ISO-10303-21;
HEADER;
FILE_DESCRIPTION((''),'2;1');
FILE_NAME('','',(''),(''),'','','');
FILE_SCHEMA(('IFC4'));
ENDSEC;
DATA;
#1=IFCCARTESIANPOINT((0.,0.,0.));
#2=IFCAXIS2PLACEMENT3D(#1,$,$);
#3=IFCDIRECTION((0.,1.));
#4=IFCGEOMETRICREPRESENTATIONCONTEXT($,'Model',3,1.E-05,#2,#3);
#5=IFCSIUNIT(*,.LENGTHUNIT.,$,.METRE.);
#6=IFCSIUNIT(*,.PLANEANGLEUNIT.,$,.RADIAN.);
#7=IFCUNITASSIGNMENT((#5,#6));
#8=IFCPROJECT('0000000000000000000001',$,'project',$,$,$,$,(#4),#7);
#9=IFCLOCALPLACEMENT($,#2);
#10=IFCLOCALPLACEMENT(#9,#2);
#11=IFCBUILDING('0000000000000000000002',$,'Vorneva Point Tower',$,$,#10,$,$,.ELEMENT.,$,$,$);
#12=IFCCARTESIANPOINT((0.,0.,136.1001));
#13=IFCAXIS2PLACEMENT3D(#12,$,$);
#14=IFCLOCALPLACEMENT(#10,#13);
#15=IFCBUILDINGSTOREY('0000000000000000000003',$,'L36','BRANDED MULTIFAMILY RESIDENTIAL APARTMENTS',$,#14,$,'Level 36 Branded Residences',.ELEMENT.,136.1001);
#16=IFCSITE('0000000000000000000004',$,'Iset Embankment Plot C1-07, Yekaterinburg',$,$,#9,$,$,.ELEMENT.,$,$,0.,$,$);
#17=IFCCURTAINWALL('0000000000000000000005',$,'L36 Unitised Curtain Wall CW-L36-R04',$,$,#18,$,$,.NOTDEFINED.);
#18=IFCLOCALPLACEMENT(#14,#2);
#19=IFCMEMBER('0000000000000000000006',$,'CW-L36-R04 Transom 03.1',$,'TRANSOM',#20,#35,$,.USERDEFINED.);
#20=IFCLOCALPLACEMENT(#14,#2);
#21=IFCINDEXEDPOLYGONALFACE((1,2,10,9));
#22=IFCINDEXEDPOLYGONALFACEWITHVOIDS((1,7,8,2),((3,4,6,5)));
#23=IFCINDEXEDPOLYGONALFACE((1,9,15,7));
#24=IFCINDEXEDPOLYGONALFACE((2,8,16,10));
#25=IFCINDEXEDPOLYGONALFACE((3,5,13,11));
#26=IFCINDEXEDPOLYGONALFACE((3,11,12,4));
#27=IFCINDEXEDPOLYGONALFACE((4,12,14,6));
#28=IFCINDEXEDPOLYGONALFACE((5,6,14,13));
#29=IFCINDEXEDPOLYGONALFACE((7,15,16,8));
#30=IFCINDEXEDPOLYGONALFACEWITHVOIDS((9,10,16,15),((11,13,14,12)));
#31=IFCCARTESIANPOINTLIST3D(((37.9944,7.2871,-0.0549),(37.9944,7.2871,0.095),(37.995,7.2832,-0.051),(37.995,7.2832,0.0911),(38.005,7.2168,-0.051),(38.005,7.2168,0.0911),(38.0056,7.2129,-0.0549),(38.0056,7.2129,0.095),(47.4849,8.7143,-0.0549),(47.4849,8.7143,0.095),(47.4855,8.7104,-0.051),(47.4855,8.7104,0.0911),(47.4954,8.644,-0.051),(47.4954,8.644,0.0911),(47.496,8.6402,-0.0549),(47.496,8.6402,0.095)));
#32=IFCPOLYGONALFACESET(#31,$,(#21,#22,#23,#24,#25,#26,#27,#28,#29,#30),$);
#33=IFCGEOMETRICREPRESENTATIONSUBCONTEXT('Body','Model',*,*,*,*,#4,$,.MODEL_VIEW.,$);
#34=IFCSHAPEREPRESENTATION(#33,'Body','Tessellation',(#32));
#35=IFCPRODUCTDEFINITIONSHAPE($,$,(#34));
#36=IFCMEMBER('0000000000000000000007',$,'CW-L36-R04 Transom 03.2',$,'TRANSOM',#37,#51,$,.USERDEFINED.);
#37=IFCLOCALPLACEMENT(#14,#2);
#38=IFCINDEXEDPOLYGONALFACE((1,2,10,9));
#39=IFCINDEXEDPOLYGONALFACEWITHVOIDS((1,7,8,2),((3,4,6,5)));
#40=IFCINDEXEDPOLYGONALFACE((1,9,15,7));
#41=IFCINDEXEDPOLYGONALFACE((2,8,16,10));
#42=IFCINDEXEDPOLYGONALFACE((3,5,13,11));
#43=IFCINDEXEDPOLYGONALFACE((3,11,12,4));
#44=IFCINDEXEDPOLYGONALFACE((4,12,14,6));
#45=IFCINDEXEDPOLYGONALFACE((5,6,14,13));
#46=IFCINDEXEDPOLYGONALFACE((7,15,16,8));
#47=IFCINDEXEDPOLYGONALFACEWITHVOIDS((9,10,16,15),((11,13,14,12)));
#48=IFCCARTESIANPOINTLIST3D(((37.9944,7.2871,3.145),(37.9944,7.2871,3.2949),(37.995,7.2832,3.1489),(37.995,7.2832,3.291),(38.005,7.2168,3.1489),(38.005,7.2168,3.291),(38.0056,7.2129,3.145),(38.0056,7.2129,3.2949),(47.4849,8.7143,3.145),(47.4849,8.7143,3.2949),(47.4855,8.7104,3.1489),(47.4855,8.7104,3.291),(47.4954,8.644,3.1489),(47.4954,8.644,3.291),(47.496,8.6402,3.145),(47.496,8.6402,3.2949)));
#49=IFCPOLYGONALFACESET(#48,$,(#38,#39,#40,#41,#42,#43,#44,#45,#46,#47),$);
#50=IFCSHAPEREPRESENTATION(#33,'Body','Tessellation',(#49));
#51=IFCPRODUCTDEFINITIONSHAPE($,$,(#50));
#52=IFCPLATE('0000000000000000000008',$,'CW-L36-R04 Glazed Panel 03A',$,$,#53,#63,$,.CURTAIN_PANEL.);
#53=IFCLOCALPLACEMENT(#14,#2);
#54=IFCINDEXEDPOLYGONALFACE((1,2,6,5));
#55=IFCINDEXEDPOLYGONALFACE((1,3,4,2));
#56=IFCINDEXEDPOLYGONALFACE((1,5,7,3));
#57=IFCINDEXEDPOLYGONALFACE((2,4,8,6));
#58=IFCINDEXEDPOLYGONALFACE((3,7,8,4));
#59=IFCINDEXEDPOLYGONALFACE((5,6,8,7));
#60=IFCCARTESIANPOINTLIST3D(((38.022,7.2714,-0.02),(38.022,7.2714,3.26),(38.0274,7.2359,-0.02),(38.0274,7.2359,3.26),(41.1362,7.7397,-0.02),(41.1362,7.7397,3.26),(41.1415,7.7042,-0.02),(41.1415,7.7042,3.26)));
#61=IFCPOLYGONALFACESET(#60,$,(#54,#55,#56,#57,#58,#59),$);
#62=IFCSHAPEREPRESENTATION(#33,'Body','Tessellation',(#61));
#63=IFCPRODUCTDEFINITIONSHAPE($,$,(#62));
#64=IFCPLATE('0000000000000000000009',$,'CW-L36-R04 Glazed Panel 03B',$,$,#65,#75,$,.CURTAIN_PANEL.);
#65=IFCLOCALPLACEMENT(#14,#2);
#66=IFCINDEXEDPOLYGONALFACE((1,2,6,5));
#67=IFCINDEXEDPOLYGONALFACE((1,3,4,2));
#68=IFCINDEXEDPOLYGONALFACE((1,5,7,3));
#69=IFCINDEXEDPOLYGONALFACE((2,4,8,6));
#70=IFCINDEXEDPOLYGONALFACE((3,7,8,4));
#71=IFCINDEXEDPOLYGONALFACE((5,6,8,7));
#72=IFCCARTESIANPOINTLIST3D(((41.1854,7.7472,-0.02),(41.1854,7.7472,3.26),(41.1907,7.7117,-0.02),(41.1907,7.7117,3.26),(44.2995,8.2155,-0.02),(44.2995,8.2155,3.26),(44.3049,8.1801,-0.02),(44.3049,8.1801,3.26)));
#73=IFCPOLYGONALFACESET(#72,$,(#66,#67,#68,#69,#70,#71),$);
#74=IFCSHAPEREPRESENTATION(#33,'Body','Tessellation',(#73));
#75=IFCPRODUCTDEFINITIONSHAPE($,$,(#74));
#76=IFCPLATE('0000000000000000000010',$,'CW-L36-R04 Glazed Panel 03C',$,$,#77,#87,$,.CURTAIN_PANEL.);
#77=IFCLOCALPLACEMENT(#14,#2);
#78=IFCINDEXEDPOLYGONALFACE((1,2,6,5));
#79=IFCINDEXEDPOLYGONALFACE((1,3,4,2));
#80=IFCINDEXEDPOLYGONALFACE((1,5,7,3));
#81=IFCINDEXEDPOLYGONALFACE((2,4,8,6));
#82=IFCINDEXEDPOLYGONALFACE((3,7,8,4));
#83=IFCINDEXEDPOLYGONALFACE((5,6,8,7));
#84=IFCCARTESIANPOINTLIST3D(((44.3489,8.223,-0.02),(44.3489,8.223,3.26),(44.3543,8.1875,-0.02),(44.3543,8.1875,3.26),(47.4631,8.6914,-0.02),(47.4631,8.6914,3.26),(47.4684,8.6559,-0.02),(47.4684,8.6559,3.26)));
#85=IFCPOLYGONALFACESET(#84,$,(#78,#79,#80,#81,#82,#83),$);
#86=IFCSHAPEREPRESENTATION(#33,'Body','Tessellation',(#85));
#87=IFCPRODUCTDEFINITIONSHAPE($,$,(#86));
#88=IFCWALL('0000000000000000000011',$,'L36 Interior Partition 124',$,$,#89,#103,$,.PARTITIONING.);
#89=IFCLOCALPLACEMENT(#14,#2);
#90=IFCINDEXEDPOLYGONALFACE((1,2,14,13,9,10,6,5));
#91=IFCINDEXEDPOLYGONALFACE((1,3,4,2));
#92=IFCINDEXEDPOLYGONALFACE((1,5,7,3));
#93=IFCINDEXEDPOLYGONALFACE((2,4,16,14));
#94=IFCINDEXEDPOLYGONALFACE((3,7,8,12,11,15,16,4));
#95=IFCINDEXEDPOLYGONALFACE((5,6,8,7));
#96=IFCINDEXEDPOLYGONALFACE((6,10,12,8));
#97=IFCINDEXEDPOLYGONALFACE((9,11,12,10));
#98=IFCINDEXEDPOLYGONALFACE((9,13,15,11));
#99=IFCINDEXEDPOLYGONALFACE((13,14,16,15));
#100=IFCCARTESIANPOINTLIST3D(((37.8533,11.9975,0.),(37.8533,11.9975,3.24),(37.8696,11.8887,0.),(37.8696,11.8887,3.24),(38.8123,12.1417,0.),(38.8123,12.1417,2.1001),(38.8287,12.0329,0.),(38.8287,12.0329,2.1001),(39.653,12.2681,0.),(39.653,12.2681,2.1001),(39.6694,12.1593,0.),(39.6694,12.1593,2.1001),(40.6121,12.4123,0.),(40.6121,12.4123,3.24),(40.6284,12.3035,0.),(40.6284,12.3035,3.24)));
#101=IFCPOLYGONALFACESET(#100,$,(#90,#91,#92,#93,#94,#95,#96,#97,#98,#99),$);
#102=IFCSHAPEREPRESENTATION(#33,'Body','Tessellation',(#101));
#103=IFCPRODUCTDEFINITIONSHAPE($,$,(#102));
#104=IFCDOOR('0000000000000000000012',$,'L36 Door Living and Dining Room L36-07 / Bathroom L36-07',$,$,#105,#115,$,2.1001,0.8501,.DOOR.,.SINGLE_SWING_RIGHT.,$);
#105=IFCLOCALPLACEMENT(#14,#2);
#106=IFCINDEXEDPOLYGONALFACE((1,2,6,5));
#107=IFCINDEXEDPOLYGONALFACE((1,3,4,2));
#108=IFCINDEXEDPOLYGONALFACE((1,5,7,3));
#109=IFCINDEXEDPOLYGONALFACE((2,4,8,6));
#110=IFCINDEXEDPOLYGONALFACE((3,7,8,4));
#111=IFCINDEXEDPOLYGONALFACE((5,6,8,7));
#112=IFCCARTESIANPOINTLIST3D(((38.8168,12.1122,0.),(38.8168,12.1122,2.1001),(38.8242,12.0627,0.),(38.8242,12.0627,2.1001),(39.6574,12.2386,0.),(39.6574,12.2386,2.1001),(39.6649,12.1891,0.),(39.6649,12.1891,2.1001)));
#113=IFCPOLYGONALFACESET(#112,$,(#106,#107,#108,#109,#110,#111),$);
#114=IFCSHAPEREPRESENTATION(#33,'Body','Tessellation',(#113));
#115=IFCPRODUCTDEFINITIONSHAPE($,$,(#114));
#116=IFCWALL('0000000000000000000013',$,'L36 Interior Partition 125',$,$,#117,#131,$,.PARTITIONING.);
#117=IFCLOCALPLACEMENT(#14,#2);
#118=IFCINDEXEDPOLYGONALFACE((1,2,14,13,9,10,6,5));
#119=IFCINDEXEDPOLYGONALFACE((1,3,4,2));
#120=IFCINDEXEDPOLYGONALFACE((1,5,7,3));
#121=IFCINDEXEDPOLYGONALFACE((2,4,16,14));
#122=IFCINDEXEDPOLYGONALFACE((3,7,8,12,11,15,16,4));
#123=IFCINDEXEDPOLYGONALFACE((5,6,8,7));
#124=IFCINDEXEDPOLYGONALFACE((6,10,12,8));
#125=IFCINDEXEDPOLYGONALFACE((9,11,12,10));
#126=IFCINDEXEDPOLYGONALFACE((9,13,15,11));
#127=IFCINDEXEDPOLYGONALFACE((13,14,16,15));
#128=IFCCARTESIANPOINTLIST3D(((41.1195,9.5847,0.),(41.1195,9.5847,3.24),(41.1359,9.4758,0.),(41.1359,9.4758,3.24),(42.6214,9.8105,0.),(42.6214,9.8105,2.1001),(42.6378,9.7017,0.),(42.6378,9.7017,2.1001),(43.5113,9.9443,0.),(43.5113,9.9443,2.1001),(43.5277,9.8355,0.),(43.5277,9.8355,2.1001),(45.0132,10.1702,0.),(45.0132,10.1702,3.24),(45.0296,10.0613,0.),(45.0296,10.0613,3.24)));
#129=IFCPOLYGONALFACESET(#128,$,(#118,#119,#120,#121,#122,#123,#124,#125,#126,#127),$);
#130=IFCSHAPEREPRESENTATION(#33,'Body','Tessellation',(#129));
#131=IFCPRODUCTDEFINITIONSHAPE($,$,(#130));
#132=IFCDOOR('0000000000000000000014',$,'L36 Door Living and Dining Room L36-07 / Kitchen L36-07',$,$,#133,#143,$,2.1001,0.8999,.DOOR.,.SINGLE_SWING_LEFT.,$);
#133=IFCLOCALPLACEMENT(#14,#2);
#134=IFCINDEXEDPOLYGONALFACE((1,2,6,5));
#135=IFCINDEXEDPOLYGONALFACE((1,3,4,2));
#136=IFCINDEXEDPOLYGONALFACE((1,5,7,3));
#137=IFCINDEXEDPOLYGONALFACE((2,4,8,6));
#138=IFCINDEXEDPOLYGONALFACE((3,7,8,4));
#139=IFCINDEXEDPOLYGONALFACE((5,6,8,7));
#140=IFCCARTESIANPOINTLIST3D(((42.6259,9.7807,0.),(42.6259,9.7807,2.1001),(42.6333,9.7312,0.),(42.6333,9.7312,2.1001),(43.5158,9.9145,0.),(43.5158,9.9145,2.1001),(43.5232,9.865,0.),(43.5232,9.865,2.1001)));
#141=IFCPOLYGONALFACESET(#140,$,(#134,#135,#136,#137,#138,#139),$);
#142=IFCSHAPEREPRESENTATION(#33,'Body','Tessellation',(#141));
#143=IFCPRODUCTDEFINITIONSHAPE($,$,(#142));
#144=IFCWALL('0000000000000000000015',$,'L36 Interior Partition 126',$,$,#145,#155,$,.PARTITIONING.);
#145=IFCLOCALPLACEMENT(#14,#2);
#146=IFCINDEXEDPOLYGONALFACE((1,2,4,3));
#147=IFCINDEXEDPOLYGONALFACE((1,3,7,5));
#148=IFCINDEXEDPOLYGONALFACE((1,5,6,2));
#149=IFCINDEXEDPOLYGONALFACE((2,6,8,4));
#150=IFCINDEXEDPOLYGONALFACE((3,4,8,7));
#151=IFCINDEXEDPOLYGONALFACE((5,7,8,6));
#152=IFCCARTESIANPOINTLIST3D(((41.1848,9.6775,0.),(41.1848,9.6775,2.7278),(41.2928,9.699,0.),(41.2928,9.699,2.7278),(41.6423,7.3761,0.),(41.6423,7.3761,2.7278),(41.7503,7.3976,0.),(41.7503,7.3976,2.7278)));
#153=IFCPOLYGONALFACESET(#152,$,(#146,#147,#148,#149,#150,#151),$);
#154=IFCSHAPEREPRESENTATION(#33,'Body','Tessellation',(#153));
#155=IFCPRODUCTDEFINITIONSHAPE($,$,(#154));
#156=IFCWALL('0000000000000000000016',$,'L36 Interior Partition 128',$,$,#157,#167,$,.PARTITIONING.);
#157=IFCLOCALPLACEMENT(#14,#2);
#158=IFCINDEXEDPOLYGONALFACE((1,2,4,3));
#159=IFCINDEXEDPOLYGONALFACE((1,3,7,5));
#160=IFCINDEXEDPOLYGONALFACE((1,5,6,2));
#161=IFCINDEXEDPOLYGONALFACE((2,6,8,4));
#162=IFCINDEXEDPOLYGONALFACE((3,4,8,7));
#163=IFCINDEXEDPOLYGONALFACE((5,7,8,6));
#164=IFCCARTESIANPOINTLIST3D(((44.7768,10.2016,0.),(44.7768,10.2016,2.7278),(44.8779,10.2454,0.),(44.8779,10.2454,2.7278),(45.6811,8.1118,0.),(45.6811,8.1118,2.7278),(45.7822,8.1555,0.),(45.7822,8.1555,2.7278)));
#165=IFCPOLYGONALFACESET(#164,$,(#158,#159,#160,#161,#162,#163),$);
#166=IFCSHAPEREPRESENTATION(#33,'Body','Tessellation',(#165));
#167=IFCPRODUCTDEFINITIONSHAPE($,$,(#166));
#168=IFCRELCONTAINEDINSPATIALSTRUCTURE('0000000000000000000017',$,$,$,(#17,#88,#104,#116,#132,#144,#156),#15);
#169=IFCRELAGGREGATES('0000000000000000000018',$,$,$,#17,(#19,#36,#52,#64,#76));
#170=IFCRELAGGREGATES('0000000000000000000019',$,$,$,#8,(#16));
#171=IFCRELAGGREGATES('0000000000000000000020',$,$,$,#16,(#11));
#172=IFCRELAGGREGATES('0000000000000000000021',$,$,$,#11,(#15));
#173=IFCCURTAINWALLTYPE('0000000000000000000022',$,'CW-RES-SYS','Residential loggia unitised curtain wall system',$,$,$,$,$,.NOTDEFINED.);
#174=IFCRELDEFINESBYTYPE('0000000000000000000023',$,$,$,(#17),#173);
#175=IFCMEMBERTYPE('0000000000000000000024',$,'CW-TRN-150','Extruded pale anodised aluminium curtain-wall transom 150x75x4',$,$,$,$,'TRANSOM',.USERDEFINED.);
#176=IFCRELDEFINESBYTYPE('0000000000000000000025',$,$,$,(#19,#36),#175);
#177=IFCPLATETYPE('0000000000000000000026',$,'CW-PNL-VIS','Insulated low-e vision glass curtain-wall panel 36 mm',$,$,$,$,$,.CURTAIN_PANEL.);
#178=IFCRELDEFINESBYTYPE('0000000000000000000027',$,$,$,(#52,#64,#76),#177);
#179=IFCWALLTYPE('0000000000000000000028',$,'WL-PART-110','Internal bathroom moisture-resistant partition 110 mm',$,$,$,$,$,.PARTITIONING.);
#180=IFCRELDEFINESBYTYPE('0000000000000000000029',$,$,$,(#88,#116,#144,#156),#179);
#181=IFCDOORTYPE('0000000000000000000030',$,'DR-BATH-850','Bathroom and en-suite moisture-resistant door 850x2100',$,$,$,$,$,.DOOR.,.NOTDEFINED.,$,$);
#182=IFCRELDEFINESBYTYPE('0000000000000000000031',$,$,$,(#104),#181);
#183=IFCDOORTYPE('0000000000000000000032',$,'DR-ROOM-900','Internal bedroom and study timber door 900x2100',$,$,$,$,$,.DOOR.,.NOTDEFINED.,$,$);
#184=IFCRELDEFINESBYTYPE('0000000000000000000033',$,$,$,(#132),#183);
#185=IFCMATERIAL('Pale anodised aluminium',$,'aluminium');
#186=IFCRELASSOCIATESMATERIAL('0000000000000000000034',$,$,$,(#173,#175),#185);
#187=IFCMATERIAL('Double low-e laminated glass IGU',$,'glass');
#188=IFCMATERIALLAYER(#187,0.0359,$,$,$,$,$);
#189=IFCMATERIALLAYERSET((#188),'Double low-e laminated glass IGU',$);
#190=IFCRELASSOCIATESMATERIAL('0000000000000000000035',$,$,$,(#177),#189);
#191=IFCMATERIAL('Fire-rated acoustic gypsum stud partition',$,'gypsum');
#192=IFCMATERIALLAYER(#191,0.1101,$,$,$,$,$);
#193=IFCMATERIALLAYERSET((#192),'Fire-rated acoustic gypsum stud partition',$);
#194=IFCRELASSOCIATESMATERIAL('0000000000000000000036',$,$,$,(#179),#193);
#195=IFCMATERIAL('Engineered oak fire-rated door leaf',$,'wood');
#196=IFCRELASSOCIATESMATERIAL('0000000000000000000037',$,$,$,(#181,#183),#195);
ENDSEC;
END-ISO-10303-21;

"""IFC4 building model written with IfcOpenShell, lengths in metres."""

from ifc_helpers import new_model, si_unit, direction, frame, frame_2d, origin, origin_2d, place, context, subcontext, project, spatial, rectangle, hollow_rectangle, extrude, material, layer, layer_set, material_profile, profile_set, type_object, element, fill, aggregate, save


model = new_model("IFC4")

# Units and contexts
model_context = context("Model", 3, precision=1e-05, world=origin(), true_north=direction((0.0, 1.0)))
body_context = subcontext(model_context, "Body", "Model", "MODEL_VIEW")
ifc_project = project(units=[si_unit("LENGTHUNIT", "METRE"), si_unit("PLANEANGLEUNIT", "RADIAN")], contexts=[model_context])

# Site, building, storey
site_placement = place(None, origin())
site = spatial("IfcSite", under=ifc_project, at=site_placement, Name="Iset Embankment Plot C1-07, Yekaterinburg", CompositionType="ELEMENT", RefElevation=0.0)
building_placement = place(site_placement, origin())
building = spatial("IfcBuilding", under=site, at=building_placement, Name="Vorneva Point Tower", CompositionType="ELEMENT")
storey_placement = place(building_placement, frame((0.0, 0.0, 136.1001)))
storey = spatial("IfcBuildingStorey", under=building, at=storey_placement, Name="L36", Description="BRANDED MULTIFAMILY RESIDENTIAL APARTMENTS", LongName="Level 36 Branded Residences", CompositionType="ELEMENT", Elevation=136.1001)

# Curtain wall, members, plates
ifc_material_1 = material(Name="Pale anodised aluminium", Category="aluminium")
curtain_wall_type = type_object("IfcCurtainWallType", Name="CW-RES-SYS", Description="Residential loggia unitised curtain wall system", PredefinedType="NOTDEFINED", material=ifc_material_1)
curtain_wall_placement = place(storey_placement, origin())
curtain_wall = element("IfcCurtainWall", 1, at=curtain_wall_placement, inside=storey, type_object=curtain_wall_type, Name="L36 Unitised Curtain Wall CW-L36-R04", PredefinedType="NOTDEFINED")
ifc_material_profile_1 = material_profile(ifc_material_1, hollow_rectangle(XDim=0.075, YDim=0.1499, WallThickness=0.0039, at=origin_2d()), Name="AL-TRN 150x75x4")
ifc_profile_set_1 = profile_set([ifc_material_profile_1], Name="Pale anodised aluminium")
member_type_1 = type_object("IfcMemberType", Name="CW-TRN-150", Description="Extruded pale anodised aluminium curtain-wall transom 150x75x4", ElementType="TRANSOM", PredefinedType="USERDEFINED", material=ifc_profile_set_1)
member_1_placement = place(storey_placement, frame((38.0, 7.25, 0.02), z_axis=(0.98888, 0.148715, 0.0), x_axis=(-0.148715, 0.98888, 0.0)))
member_1 = element("IfcMember", 2, at=member_1_placement, type_object=member_type_1, Name="CW-L36-R04 Transom 03.1", ObjectType="TRANSOM", PredefinedType="USERDEFINED", context=body_context, shape_type="SweptSolid", body=[
    extrude(hollow_rectangle(XDim=0.075, YDim=0.1499, WallThickness=0.0039, at=origin_2d()), origin(), (0.0, 0.0, 1.0), 9.5972),
])
member_2_placement = place(storey_placement, frame((38.0, 7.25, 3.22), z_axis=(0.98888, 0.148715, 0.0), x_axis=(-0.148715, 0.98888, 0.0)))
member_2 = element("IfcMember", 3, at=member_2_placement, type_object=member_type_1, Name="CW-L36-R04 Transom 03.2", ObjectType="TRANSOM", PredefinedType="USERDEFINED", context=body_context, shape_type="SweptSolid", body=[
    extrude(hollow_rectangle(XDim=0.075, YDim=0.1499, WallThickness=0.0039, at=origin_2d()), origin(), (0.0, 0.0, 1.0), 9.5972),
])
ifc_material_2 = material(Name="Double low-e laminated glass IGU", Category="glass")
ifc_layer_1 = layer(ifc_material_2, 0.0359)
ifc_layer_set_1 = layer_set([ifc_layer_1], Name="Double low-e laminated glass IGU")
plate_type = type_object("IfcPlateType", Name="CW-PNL-VIS", Description="Insulated low-e vision glass curtain-wall panel 36 mm", PredefinedType="CURTAIN_PANEL", material=ifc_layer_set_1)
plate_1_placement = place(storey_placement, frame((39.5818, 7.4878, -0.02), z_axis=(0.0, 0.0, 1.0), x_axis=(0.988879, 0.148724, 0.0)))
plate_1 = element("IfcPlate", 4, at=plate_1_placement, type_object=plate_type, Name="CW-L36-R04 Glazed Panel 03A", PredefinedType="CURTAIN_PANEL", context=body_context, shape_type="SweptSolid", body=[
    extrude(rectangle(XDim=3.1492, YDim=0.0359, at=origin_2d()), origin(), (0.0, 0.0, 1.0), 3.28),
])
plate_2_placement = place(storey_placement, frame((42.7451, 7.9636, -0.02), z_axis=(0.0, 0.0, 1.0), x_axis=(0.988879, 0.148724, 0.0)))
plate_2 = element("IfcPlate", 5, at=plate_2_placement, type_object=plate_type, Name="CW-L36-R04 Glazed Panel 03B", PredefinedType="CURTAIN_PANEL", context=body_context, shape_type="SweptSolid", body=[
    extrude(rectangle(XDim=3.1492, YDim=0.0359, at=origin_2d()), origin(), (0.0, 0.0, 1.0), 3.28),
])
plate_3_placement = place(storey_placement, frame((45.9087, 8.4395, -0.02), z_axis=(0.0, 0.0, 1.0), x_axis=(0.988879, 0.148724, 0.0)))
plate_3 = element("IfcPlate", 6, at=plate_3_placement, type_object=plate_type, Name="CW-L36-R04 Glazed Panel 03C", PredefinedType="CURTAIN_PANEL", context=body_context, shape_type="SweptSolid", body=[
    extrude(rectangle(XDim=3.1492, YDim=0.0359, at=origin_2d()), origin(), (0.0, 0.0, 1.0), 3.28),
])
aggregate(curtain_wall, [member_1, member_2, plate_1, plate_2, plate_3])

# Walls, openings, doors
ifc_material_3 = material(Name="Fire-rated acoustic gypsum stud partition", Category="gypsum")
ifc_layer_2 = layer(ifc_material_3, 0.1101)
ifc_layer_set_2 = layer_set([ifc_layer_2], Name="Fire-rated acoustic gypsum stud partition")
wall_type_1 = type_object("IfcWallType", Name="WL-PART-110", Description="Internal bathroom moisture-resistant partition 110 mm", PredefinedType="PARTITIONING", material=ifc_layer_set_2)
wall_1_placement = place(storey_placement, frame((40.6204, 12.3579, 0.0), z_axis=(0.0, 0.0, 1.0), x_axis=(-0.988885, -0.148683, 0.0)))
wall_1 = element("IfcWall", 7, at=wall_1_placement, inside=storey, type_object=wall_type_1, Name="L36 Interior Partition 124", PredefinedType="PARTITIONING", context=body_context, shape_type="SweptSolid", body=[
    extrude(rectangle(XDim=2.7898, YDim=0.1101, at=frame_2d((1.395, 0.0))), origin(), (0.0, 0.0, 1.0), 3.24),
])
opening_1_placement = place(wall_1_placement, frame((0.97, 0.0, 0.0)))
opening_1 = element("IfcOpeningElement", 8, at=opening_1_placement, cuts=wall_1, PredefinedType="OPENING", context=body_context, shape_type="SweptSolid", body=[
    extrude(rectangle(XDim=0.8501, YDim=2.1001, at=frame_2d((0.425, 1.05))), frame((0.0, 0.0698, 0.0), z_axis=(0.0, -1.0, 0.0), x_axis=(1.0, 0.0, 0.0)), (0.0, 0.0, 1.0), 0.1399),
])
ifc_material_4 = material(Name="Engineered oak fire-rated door leaf", Category="wood")
door_type_1 = type_object("IfcDoorType", Name="DR-BATH-850", Description="Bathroom and en-suite moisture-resistant door 850x2100", OperationType="NOTDEFINED", PredefinedType="DOOR", material=ifc_material_4)
door_1_placement = place(opening_1_placement, origin())
door_1 = element("IfcDoor", 9, at=door_1_placement, inside=storey, type_object=door_type_1, Name="L36 Door Living and Dining Room L36-07 / Bathroom L36-07", OperationType="SINGLE_SWING_RIGHT", OverallHeight=2.1001, OverallWidth=0.8501, PredefinedType="DOOR", context=body_context, shape_type="SweptSolid", body=[
    extrude(rectangle(XDim=0.8501, YDim=2.1001, at=frame_2d((0.425, 1.05))), frame((0.0, 0.0249, 0.0), z_axis=(0.0, -1.0, 0.0), x_axis=(1.0, 0.0, 0.0)), (0.0, 0.0, 1.0), 0.05),
])
fill(opening_1, door_1)
wall_2_placement = place(storey_placement, frame((41.1277, 9.5303, 0.0), z_axis=(0.0, 0.0, 1.0), x_axis=(0.988885, 0.148683, 0.0)))
wall_2 = element("IfcWall", 10, at=wall_2_placement, inside=storey, type_object=wall_type_1, Name="L36 Interior Partition 125", PredefinedType="PARTITIONING", context=body_context, shape_type="SweptSolid", body=[
    extrude(rectangle(XDim=3.9375, YDim=0.1101, at=frame_2d((1.9688, 0.0))), origin(), (0.0, 0.0, 1.0), 3.24),
])
opening_2_placement = place(wall_2_placement, frame((1.5188, 0.0, 0.0)))
opening_2 = element("IfcOpeningElement", 11, at=opening_2_placement, cuts=wall_2, PredefinedType="OPENING", context=body_context, shape_type="SweptSolid", body=[
    extrude(rectangle(XDim=0.8999, YDim=2.1001, at=frame_2d((0.45, 1.05))), frame((0.0, 0.0698, 0.0), z_axis=(0.0, -1.0, 0.0), x_axis=(1.0, 0.0, 0.0)), (0.0, 0.0, 1.0), 0.1399),
])
door_type_2 = type_object("IfcDoorType", Name="DR-ROOM-900", Description="Internal bedroom and study timber door 900x2100", OperationType="NOTDEFINED", PredefinedType="DOOR", material=ifc_material_4)
door_2_placement = place(opening_2_placement, origin())
door_2 = element("IfcDoor", 12, at=door_2_placement, inside=storey, type_object=door_type_2, Name="L36 Door Living and Dining Room L36-07 / Kitchen L36-07", OperationType="SINGLE_SWING_LEFT", OverallHeight=2.1001, OverallWidth=0.8999, PredefinedType="DOOR", context=body_context, shape_type="SweptSolid", body=[
    extrude(rectangle(XDim=0.8999, YDim=2.1001, at=frame_2d((0.45, 1.05))), frame((0.0, 0.0249, 0.0), z_axis=(0.0, -1.0, 0.0), x_axis=(1.0, 0.0, 0.0)), (0.0, 0.0, 1.0), 0.05),
])
fill(opening_2, door_2)

# Walls
wall_3_placement = place(storey_placement, frame((41.6963, 7.3867, 0.0), z_axis=(0.0, 0.0, 1.0), x_axis=(-0.194976, 0.980808, 0.0)))
element("IfcWall", 13, at=wall_3_placement, inside=storey, type_object=wall_type_1, Name="L36 Interior Partition 126", PredefinedType="PARTITIONING", context=body_context, shape_type="SweptSolid", body=[
    extrude(rectangle(XDim=2.3464, YDim=0.1101, at=frame_2d((1.1733, 0.0))), origin(), (0.0, 0.0, 1.0), 2.7278),
])
wall_4_placement = place(storey_placement, frame((45.7317, 8.1335, 0.0), z_axis=(0.0, 0.0, 1.0), x_axis=(-0.397126, 0.917764, 0.0)))
element("IfcWall", 14, at=wall_4_placement, inside=storey, type_object=wall_type_1, Name="L36 Interior Partition 128", PredefinedType="PARTITIONING", context=body_context, shape_type="SweptSolid", body=[
    extrude(rectangle(XDim=2.2771, YDim=0.1101, at=frame_2d((1.1387, 0.0))), origin(), (0.0, 0.0, 1.0), 2.7278),
])

save(model, "model.ifc")
